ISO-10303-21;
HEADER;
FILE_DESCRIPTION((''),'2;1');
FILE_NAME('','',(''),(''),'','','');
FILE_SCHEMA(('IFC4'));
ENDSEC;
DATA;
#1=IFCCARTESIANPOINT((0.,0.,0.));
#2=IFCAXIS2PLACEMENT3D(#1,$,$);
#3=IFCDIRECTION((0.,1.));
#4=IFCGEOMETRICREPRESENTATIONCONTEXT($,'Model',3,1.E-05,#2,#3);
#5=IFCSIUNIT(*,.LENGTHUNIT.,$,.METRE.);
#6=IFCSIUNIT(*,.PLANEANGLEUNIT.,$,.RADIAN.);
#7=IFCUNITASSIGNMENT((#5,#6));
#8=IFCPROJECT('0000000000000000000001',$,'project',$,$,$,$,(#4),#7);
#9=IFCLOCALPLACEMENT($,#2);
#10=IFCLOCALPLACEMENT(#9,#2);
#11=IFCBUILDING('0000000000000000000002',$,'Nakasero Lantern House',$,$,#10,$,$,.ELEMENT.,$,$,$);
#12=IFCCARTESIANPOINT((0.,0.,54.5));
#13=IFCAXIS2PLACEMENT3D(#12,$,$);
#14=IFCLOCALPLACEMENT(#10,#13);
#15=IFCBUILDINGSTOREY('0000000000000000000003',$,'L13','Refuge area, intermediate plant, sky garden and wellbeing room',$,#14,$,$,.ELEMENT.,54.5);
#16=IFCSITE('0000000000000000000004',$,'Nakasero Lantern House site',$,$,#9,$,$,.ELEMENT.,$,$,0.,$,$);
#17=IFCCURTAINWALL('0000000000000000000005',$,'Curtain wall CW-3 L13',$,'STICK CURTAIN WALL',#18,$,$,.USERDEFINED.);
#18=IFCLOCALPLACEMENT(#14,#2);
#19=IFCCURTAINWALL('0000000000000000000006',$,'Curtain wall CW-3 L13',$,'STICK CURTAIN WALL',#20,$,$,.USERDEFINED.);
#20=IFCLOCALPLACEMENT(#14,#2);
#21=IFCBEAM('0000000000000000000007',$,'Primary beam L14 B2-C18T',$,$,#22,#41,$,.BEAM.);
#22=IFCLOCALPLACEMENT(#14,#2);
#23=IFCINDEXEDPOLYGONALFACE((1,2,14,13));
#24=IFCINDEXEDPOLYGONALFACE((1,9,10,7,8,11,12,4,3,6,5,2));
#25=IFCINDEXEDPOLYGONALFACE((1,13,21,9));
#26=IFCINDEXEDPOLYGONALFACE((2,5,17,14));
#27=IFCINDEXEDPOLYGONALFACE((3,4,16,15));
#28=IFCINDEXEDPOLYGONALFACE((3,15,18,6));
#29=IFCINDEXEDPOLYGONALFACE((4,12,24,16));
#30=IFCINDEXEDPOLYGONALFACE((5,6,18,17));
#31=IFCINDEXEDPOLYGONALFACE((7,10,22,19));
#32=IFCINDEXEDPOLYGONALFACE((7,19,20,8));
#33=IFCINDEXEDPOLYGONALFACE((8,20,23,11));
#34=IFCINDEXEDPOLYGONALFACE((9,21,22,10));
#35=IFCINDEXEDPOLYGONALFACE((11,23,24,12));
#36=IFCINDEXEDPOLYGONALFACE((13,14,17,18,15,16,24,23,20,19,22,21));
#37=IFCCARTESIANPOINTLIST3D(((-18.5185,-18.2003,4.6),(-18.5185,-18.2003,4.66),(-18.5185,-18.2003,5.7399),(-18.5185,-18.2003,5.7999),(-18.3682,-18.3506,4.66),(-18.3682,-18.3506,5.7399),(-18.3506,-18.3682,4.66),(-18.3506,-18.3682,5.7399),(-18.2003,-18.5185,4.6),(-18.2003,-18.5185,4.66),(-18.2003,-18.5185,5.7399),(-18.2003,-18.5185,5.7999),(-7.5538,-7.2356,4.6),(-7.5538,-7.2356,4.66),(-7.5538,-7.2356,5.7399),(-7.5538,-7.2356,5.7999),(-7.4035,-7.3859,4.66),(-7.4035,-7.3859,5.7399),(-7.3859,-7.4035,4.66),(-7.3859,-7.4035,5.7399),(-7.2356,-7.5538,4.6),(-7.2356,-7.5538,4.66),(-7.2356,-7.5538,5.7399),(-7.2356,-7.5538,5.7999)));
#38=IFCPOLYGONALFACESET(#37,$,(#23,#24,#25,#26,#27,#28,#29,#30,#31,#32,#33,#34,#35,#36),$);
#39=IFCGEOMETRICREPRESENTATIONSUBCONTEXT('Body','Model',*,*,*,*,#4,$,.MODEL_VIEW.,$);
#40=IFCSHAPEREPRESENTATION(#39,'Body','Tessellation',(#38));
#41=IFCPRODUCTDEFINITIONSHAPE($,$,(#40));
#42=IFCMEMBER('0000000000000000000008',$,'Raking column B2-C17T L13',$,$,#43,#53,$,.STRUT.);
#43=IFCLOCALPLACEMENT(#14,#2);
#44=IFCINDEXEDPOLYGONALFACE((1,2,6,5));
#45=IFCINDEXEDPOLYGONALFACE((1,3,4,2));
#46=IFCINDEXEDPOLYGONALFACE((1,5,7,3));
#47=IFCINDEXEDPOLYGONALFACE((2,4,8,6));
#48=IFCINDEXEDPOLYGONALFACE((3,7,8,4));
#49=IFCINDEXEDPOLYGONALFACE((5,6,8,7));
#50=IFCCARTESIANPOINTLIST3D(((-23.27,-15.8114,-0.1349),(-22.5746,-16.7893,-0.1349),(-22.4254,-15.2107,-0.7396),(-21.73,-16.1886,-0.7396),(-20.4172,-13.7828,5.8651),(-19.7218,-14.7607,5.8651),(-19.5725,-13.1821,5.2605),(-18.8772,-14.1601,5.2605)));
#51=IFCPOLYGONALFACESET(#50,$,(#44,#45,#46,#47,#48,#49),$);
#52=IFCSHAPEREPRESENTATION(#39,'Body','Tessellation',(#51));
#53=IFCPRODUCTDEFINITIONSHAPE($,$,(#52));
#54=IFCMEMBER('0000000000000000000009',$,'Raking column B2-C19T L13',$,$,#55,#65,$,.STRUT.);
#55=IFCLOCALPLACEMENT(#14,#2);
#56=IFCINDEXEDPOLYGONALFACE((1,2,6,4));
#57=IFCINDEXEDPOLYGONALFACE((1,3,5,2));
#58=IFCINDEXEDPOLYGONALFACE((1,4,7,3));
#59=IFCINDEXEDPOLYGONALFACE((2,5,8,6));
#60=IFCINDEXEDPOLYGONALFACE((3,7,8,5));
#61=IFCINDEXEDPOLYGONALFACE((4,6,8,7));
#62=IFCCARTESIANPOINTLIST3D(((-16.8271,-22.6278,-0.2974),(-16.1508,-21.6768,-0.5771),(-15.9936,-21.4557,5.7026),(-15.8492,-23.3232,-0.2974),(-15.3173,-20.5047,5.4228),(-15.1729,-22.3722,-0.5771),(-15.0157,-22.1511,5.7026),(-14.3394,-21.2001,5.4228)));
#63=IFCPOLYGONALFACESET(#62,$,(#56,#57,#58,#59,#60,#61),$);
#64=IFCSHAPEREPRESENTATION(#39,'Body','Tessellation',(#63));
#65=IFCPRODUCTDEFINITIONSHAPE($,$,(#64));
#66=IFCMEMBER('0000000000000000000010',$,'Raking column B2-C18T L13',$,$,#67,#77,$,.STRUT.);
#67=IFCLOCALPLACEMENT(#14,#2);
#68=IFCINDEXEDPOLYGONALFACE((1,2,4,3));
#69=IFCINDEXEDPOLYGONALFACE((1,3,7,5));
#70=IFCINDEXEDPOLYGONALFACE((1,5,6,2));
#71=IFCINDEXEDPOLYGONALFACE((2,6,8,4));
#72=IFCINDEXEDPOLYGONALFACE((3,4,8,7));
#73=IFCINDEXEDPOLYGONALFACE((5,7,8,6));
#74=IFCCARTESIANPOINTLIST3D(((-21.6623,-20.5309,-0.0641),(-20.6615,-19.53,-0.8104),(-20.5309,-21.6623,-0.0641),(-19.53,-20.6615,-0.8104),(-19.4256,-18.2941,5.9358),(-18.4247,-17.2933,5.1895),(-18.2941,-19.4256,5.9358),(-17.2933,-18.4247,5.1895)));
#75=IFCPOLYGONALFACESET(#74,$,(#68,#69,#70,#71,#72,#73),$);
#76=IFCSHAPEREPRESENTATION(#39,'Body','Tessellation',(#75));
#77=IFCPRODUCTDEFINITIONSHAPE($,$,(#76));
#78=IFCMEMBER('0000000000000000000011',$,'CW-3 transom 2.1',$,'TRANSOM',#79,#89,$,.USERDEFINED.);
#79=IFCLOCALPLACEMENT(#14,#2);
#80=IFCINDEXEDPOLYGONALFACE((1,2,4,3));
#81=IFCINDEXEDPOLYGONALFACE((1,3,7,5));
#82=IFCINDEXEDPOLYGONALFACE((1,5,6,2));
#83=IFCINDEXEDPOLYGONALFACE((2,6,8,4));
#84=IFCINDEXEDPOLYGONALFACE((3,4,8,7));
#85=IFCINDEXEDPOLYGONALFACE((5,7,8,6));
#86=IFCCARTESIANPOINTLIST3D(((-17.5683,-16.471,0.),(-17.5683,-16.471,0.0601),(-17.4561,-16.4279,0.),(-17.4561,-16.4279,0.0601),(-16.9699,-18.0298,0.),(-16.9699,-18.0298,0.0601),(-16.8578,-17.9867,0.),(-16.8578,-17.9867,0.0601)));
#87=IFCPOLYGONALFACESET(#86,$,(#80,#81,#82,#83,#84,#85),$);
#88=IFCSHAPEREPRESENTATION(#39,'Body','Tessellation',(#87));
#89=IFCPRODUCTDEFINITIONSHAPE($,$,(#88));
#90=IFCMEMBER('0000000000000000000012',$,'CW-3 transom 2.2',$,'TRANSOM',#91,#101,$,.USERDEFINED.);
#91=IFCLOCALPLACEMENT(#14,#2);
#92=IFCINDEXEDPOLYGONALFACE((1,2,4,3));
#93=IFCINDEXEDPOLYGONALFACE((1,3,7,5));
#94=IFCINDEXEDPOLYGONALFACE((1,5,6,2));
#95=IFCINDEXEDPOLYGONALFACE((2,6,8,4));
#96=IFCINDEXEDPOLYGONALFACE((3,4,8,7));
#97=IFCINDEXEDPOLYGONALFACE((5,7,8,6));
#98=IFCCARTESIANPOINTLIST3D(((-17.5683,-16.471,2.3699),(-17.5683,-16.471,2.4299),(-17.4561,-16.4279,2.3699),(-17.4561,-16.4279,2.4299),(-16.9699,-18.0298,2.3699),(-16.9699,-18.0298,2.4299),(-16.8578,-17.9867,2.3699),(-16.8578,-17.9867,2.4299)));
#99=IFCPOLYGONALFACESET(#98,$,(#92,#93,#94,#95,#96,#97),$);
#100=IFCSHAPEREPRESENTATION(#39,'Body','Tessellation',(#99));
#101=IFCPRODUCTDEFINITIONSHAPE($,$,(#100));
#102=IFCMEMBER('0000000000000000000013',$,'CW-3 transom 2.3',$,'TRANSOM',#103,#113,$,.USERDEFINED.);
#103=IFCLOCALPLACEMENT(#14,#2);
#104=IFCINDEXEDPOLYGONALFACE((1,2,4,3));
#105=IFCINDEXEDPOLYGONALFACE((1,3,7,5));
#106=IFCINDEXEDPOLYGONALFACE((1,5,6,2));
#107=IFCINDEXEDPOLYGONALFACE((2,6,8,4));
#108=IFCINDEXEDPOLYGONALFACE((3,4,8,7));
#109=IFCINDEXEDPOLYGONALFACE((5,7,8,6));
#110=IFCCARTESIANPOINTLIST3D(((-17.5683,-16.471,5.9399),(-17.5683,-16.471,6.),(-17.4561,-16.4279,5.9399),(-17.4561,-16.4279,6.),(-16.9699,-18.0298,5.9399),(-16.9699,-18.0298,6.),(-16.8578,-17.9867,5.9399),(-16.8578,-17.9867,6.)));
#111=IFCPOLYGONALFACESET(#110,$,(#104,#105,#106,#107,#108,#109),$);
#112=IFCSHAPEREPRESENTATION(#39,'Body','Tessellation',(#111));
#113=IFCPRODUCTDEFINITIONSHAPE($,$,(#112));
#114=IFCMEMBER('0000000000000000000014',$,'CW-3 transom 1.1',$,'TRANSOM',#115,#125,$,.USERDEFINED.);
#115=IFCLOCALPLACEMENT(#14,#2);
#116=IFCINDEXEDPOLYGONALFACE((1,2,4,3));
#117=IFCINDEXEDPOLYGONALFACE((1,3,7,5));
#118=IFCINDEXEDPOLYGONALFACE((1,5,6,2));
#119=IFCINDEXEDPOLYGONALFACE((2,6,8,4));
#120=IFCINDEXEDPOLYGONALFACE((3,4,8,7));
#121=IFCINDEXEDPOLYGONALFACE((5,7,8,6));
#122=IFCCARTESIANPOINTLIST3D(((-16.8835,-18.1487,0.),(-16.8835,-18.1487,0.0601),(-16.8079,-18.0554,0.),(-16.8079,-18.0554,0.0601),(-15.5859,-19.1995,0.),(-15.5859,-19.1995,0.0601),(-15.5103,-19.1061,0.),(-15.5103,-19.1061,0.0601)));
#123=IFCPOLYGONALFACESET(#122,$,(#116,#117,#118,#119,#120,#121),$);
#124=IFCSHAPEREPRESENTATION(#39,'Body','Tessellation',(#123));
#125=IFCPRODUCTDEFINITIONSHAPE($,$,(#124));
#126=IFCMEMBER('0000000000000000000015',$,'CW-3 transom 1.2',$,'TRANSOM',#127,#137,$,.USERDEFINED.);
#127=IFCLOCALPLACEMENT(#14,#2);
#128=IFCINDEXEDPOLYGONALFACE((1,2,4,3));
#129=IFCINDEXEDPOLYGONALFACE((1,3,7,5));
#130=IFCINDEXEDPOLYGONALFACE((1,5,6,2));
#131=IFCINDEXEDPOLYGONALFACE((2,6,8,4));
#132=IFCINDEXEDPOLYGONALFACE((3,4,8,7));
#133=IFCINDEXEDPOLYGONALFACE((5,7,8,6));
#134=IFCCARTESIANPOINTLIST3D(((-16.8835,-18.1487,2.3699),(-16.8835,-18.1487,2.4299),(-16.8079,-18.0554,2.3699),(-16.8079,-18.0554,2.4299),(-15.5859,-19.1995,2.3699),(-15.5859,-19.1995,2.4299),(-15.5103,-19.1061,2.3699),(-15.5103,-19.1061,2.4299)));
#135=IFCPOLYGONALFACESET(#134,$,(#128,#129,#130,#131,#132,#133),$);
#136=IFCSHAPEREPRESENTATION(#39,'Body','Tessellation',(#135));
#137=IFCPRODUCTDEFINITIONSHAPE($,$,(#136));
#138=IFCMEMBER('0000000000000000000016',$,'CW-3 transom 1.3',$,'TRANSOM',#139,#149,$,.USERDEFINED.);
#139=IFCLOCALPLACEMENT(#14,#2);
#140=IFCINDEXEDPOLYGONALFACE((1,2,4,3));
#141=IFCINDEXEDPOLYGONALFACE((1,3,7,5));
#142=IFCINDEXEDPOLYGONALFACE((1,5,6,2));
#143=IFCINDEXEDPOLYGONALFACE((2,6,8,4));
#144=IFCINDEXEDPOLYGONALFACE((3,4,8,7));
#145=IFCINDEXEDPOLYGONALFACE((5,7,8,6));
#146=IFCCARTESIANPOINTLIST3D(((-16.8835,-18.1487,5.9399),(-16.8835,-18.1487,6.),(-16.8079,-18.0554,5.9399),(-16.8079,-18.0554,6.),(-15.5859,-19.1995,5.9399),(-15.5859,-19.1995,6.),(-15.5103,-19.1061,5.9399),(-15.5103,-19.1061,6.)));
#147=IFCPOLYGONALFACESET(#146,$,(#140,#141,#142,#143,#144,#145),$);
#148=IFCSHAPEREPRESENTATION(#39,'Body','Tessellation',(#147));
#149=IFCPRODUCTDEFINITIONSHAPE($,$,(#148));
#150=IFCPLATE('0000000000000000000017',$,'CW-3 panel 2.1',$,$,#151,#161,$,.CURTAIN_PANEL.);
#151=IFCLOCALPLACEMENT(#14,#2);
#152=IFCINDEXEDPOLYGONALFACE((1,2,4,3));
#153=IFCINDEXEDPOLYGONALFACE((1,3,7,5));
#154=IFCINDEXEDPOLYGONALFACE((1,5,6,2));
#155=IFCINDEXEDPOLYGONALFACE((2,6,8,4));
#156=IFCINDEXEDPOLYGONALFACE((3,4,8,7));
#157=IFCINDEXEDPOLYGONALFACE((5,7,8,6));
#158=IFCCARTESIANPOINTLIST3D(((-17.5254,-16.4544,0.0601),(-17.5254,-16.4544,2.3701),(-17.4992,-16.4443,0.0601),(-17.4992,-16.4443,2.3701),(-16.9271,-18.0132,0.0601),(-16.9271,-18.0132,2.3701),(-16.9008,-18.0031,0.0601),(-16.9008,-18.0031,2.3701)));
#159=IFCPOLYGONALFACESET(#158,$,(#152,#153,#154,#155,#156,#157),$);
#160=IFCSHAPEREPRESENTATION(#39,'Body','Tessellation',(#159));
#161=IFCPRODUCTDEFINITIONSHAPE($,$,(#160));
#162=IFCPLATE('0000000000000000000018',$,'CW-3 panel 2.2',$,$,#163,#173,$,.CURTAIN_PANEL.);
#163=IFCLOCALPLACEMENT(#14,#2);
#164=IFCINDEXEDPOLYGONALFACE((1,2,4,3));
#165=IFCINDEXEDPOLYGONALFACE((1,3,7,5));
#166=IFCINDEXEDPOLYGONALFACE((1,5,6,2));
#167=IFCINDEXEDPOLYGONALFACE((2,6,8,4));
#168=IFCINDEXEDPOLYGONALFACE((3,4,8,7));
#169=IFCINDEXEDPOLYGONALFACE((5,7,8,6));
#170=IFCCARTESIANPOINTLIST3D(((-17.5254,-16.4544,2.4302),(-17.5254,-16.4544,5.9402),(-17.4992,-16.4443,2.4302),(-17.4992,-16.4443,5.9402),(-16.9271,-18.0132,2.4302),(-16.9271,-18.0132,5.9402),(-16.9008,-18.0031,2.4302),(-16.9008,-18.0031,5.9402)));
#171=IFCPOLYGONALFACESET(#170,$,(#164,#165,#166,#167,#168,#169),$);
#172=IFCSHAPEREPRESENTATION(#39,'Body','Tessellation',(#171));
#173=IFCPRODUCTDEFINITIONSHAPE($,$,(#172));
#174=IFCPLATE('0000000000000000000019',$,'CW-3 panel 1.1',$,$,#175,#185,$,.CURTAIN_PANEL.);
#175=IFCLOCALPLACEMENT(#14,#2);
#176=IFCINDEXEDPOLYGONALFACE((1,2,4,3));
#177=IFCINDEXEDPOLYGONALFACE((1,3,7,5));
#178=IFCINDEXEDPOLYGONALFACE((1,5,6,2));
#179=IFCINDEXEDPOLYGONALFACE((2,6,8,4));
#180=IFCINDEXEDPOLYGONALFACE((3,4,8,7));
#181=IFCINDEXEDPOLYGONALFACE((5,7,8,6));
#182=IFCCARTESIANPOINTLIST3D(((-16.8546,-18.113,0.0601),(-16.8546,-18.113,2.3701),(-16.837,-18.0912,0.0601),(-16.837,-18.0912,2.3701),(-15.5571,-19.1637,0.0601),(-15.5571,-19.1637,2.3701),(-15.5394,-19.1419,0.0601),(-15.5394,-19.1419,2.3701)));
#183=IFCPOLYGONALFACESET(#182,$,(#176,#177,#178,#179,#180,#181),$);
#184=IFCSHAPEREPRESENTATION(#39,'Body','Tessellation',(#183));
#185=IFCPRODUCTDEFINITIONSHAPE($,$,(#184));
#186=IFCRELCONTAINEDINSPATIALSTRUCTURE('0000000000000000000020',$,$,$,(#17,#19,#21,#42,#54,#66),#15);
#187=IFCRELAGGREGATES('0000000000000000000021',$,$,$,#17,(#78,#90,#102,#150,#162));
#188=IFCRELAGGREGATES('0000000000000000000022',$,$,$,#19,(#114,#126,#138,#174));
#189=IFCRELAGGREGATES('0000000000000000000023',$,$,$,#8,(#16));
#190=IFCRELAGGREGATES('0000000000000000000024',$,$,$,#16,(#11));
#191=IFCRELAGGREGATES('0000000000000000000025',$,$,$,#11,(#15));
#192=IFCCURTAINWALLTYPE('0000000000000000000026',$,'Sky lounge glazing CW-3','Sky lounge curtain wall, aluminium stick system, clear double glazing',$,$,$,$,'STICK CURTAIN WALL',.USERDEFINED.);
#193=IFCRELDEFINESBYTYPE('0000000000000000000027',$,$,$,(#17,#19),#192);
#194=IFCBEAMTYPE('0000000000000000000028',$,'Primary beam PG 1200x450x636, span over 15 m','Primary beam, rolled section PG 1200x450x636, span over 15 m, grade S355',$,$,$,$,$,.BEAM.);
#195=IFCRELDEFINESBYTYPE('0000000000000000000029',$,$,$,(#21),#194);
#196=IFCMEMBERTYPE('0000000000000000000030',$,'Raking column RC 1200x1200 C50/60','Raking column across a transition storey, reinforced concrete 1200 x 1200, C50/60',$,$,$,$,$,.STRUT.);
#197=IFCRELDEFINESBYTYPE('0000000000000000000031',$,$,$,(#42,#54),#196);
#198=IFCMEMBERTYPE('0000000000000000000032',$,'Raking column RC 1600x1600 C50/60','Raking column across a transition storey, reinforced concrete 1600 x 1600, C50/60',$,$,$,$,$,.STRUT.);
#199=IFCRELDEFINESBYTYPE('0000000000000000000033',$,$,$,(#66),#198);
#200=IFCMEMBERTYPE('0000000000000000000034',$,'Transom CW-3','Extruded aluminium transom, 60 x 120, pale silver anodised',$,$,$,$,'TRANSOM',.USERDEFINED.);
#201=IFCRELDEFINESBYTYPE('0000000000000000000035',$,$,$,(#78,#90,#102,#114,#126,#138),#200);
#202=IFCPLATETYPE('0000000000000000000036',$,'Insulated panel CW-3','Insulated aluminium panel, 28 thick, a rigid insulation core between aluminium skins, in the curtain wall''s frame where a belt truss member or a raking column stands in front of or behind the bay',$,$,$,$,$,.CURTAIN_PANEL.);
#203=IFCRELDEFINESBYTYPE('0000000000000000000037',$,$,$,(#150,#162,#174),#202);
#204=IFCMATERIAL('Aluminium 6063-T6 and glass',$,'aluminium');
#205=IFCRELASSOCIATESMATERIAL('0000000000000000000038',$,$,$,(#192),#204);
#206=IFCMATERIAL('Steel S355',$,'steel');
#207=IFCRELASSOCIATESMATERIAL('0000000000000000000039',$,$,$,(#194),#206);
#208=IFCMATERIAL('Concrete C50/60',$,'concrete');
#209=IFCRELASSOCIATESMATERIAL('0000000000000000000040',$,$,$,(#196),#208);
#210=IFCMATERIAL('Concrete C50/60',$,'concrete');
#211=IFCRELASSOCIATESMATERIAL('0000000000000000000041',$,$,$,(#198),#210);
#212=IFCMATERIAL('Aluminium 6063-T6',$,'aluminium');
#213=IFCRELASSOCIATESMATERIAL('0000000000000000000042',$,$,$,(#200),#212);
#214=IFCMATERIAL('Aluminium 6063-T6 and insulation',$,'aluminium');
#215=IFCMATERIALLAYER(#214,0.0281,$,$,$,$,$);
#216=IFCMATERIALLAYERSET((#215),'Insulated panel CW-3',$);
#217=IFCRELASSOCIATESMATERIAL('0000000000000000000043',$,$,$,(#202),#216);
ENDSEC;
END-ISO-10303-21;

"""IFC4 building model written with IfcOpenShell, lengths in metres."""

from ifc_helpers import new_model, si_unit, direction, frame, origin, origin_2d, place, context, subcontext, project, spatial, rectangle, i_section, extrude, material, layer, layer_set, material_profile, profile_set, type_object, element, aggregate, save


model = new_model("IFC4")

# Units and contexts
model_context = context("Model", 3, precision=1e-05, world=origin(), true_north=direction((0.0, 1.0)))
body_context = subcontext(model_context, "Body", "Model", "MODEL_VIEW")
ifc_project = project(units=[si_unit("LENGTHUNIT", "METRE"), si_unit("PLANEANGLEUNIT", "RADIAN")], contexts=[model_context])

# Site, building, storey
site_placement = place(None, origin())
site = spatial("IfcSite", under=ifc_project, at=site_placement, Name="Nakasero Lantern House site", CompositionType="ELEMENT", RefElevation=0.0)
building_placement = place(site_placement, origin())
building = spatial("IfcBuilding", under=site, at=building_placement, Name="Nakasero Lantern House", CompositionType="ELEMENT")
storey_placement = place(building_placement, frame((0.0, 0.0, 54.5)))
storey = spatial("IfcBuildingStorey", under=building, at=storey_placement, Name="L13", Description="Refuge area, intermediate plant, sky garden and wellbeing room", CompositionType="ELEMENT", Elevation=54.5)

# Curtain wall
ifc_material_1 = material(Name="Aluminium 6063-T6 and glass", Category="aluminium")
curtain_wall_type = type_object("IfcCurtainWallType", Name="Sky lounge glazing CW-3", Description="Sky lounge curtain wall, aluminium stick system, clear double glazing", ElementType="STICK CURTAIN WALL", PredefinedType="USERDEFINED", material=ifc_material_1)
curtain_wall_1_placement = place(storey_placement, origin())
curtain_wall_1 = element("IfcCurtainWall", 1, at=curtain_wall_1_placement, inside=storey, type_object=curtain_wall_type, Name="Curtain wall CW-3 L13", ObjectType="STICK CURTAIN WALL", PredefinedType="USERDEFINED")

# Curtain wall
curtain_wall_2_placement = place(storey_placement, origin())
curtain_wall_2 = element("IfcCurtainWall", 2, at=curtain_wall_2_placement, inside=storey, type_object=curtain_wall_type, Name="Curtain wall CW-3 L13", ObjectType="STICK CURTAIN WALL", PredefinedType="USERDEFINED")

# Beam
ifc_material_2 = material(Name="Steel S355", Category="steel")
ifc_material_profile_1 = material_profile(ifc_material_2, i_section(OverallWidth=0.45, OverallDepth=1.2, WebThickness=0.0249, FlangeThickness=0.0601, at=origin_2d()), Name="PG 1200x450x636")
ifc_profile_set_1 = profile_set([ifc_material_profile_1], Name="Steel S355")
beam_type = type_object("IfcBeamType", Name="Primary beam PG 1200x450x636, span over 15 m", Description="Primary beam, rolled section PG 1200x450x636, span over 15 m, grade S355", PredefinedType="BEAM", material=ifc_profile_set_1)
beam_placement = place(storey_placement, frame((-18.3594, -18.3594, 5.2), z_axis=(0.707107, 0.707107, 0.0), x_axis=(-0.707107, 0.707107, 0.0)))
element("IfcBeam", 3, at=beam_placement, inside=storey, type_object=beam_type, Name="Primary beam L14 B2-C18T", PredefinedType="BEAM", context=body_context, shape_type="SweptSolid", body=[
    extrude(i_section(OverallWidth=0.45, OverallDepth=1.2, WebThickness=0.0249, FlangeThickness=0.0601, at=origin_2d()), origin(), (0.0, 0.0, 1.0), 15.5063),
])

# Members
ifc_material_3 = material(Name="Concrete C50/60", Category="concrete")
ifc_material_profile_2 = material_profile(ifc_material_3, rectangle(XDim=1.2, YDim=1.2, at=origin_2d()), Name="RC 1200x1200")
ifc_profile_set_2 = profile_set([ifc_material_profile_2], Name="Concrete C50/60")
member_type_1 = type_object("IfcMemberType", Name="Raking column RC 1200x1200 C50/60", Description="Raking column across a transition storey, reinforced concrete 1200 x 1200, C50/60", PredefinedType="STRUT", material=ifc_profile_set_2)
member_1_placement = place(storey_placement, frame((-22.5, -16.0, -0.4373), z_axis=(0.410681, 0.292028, 0.863748), x_axis=(-0.579508, 0.814966, 0.0)))
element("IfcMember", 4, at=member_1_placement, inside=storey, type_object=member_type_1, Name="Raking column B2-C17T L13", PredefinedType="STRUT", context=body_context, shape_type="SweptSolid", body=[
    extrude(rectangle(XDim=1.2, YDim=1.2, at=origin_2d()), origin(), (0.0, 0.0, 1.0), 6.9465),
])
member_2_placement = place(storey_placement, frame((-16.0, -22.5, -0.4373), z_axis=(0.135089, 0.189971, 0.972451), x_axis=(-0.814959, 0.579519, 0.0)))
element("IfcMember", 5, at=member_2_placement, inside=storey, type_object=member_type_1, Name="Raking column B2-C19T L13", PredefinedType="STRUT", context=body_context, shape_type="SweptSolid", body=[
    extrude(rectangle(XDim=1.2, YDim=1.2, at=origin_2d()), origin(), (0.0, 0.0, 1.0), 6.1699),
])
ifc_material_4 = material(Name="Concrete C50/60", Category="concrete")
ifc_material_profile_3 = material_profile(ifc_material_4, rectangle(XDim=1.6001, YDim=1.6001, at=origin_2d()), Name="RC 1600x1600")
ifc_profile_set_3 = profile_set([ifc_material_profile_3], Name="Concrete C50/60")
member_type_2 = type_object("IfcMemberType", Name="Raking column RC 1600x1600 C50/60", Description="Raking column across a transition storey, reinforced concrete 1600 x 1600, C50/60", PredefinedType="STRUT", material=ifc_profile_set_3)
member_3_placement = place(storey_placement, frame((-20.5962, -20.5962, -0.4373), z_axis=(0.329777, 0.329777, 0.884587), x_axis=(-0.707107, 0.707107, 0.0)))
element("IfcMember", 6, at=member_3_placement, inside=storey, type_object=member_type_2, Name="Raking column B2-C18T L13", PredefinedType="STRUT", context=body_context, shape_type="SweptSolid", body=[
    extrude(rectangle(XDim=1.6001, YDim=1.6001, at=origin_2d()), origin(), (0.0, 0.0, 1.0), 6.7827),
])

# Members
ifc_material_5 = material(Name="Aluminium 6063-T6", Category="aluminium")
ifc_material_profile_4 = material_profile(ifc_material_5, rectangle(XDim=0.0601, YDim=0.1201, at=origin_2d()), Name="CW-3 transom 60x120")
ifc_profile_set_4 = profile_set([ifc_material_profile_4], Name="Aluminium 6063-T6")
member_type_3 = type_object("IfcMemberType", Name="Transom CW-3", Description="Extruded aluminium transom, 60 x 120, pale silver anodised", ElementType="TRANSOM", PredefinedType="USERDEFINED", material=ifc_profile_set_4)
member_4_placement = place(storey_placement, frame((-17.5122, -16.4495, 0.03), z_axis=(0.358372, -0.933579, 0.0), x_axis=(0.0, 0.0, 1.0)))
member_4 = element("IfcMember", 7, at=member_4_placement, type_object=member_type_3, Name="CW-3 transom 2.1", ObjectType="TRANSOM", PredefinedType="USERDEFINED", context=body_context, shape_type="SweptSolid", body=[
    extrude(rectangle(XDim=0.0601, YDim=0.1201, at=origin_2d()), origin(), (0.0, 0.0, 1.0), 1.6697),
])
member_5_placement = place(storey_placement, frame((-17.5122, -16.4495, 2.3999), z_axis=(0.358372, -0.933579, 0.0), x_axis=(0.0, 0.0, 1.0)))
member_5 = element("IfcMember", 8, at=member_5_placement, type_object=member_type_3, Name="CW-3 transom 2.2", ObjectType="TRANSOM", PredefinedType="USERDEFINED", context=body_context, shape_type="SweptSolid", body=[
    extrude(rectangle(XDim=0.0601, YDim=0.1201, at=origin_2d()), origin(), (0.0, 0.0, 1.0), 1.6697),
])
member_6_placement = place(storey_placement, frame((-17.5122, -16.4495, 5.97), z_axis=(0.358372, -0.933579, 0.0), x_axis=(0.0, 0.0, 1.0)))
member_6 = element("IfcMember", 9, at=member_6_placement, type_object=member_type_3, Name="CW-3 transom 2.3", ObjectType="TRANSOM", PredefinedType="USERDEFINED", context=body_context, shape_type="SweptSolid", body=[
    extrude(rectangle(XDim=0.0601, YDim=0.1201, at=origin_2d()), origin(), (0.0, 0.0, 1.0), 1.6697),
])
member_7_placement = place(storey_placement, frame((-16.8457, -18.1021, 0.03), z_axis=(0.777146, -0.62932, 0.0), x_axis=(0.0, 0.0, 1.0)))
member_7 = element("IfcMember", 10, at=member_7_placement, type_object=member_type_3, Name="CW-3 transom 1.1", ObjectType="TRANSOM", PredefinedType="USERDEFINED", context=body_context, shape_type="SweptSolid", body=[
    extrude(rectangle(XDim=0.0601, YDim=0.1201, at=origin_2d()), origin(), (0.0, 0.0, 1.0), 1.6697),
])
member_8_placement = place(storey_placement, frame((-16.8457, -18.1021, 2.3999), z_axis=(0.777146, -0.62932, 0.0), x_axis=(0.0, 0.0, 1.0)))
member_8 = element("IfcMember", 11, at=member_8_placement, type_object=member_type_3, Name="CW-3 transom 1.2", ObjectType="TRANSOM", PredefinedType="USERDEFINED", context=body_context, shape_type="SweptSolid", body=[
    extrude(rectangle(XDim=0.0601, YDim=0.1201, at=origin_2d()), origin(), (0.0, 0.0, 1.0), 1.6697),
])
member_9_placement = place(storey_placement, frame((-16.8457, -18.1021, 5.97), z_axis=(0.777146, -0.62932, 0.0), x_axis=(0.0, 0.0, 1.0)))
member_9 = element("IfcMember", 12, at=member_9_placement, type_object=member_type_3, Name="CW-3 transom 1.3", ObjectType="TRANSOM", PredefinedType="USERDEFINED", context=body_context, shape_type="SweptSolid", body=[
    extrude(rectangle(XDim=0.0601, YDim=0.1201, at=origin_2d()), origin(), (0.0, 0.0, 1.0), 1.6697),
])

# Plates
ifc_material_6 = material(Name="Aluminium 6063-T6 and insulation", Category="aluminium")
ifc_layer_1 = layer(ifc_material_6, 0.0281)
ifc_layer_set_1 = layer_set([ifc_layer_1], Name="Insulated panel CW-3")
plate_type = type_object("IfcPlateType", Name="Insulated panel CW-3", Description="Insulated aluminium panel, 28 thick, a rigid insulation core between aluminium skins, in the curtain wall's frame where a belt truss member or a raking column stands in front of or behind the bay", PredefinedType="CURTAIN_PANEL", material=ifc_layer_set_1)
plate_1_placement = place(storey_placement, frame((-17.2131, -17.2288, 0.0601), z_axis=(0.0, 0.0, 1.0), x_axis=(0.358368, -0.93358, 0.0)))
plate_1 = element("IfcPlate", 13, at=plate_1_placement, type_object=plate_type, Name="CW-3 panel 2.1", PredefinedType="CURTAIN_PANEL", context=body_context, shape_type="SweptSolid", body=[
    extrude(rectangle(XDim=1.6697, YDim=0.0281, at=origin_2d()), origin(), (0.0, 0.0, 1.0), 2.3101),
])
plate_2_placement = place(storey_placement, frame((-17.2131, -17.2288, 2.4302), z_axis=(0.0, 0.0, 1.0), x_axis=(0.358368, -0.93358, 0.0)))
plate_2 = element("IfcPlate", 14, at=plate_2_placement, type_object=plate_type, Name="CW-3 panel 2.2", PredefinedType="CURTAIN_PANEL", context=body_context, shape_type="SweptSolid", body=[
    extrude(rectangle(XDim=1.6697, YDim=0.0281, at=origin_2d()), origin(), (0.0, 0.0, 1.0), 3.51),
])
aggregate(curtain_wall_1, [member_4, member_5, member_6, plate_1, plate_2])
plate_3_placement = place(storey_placement, frame((-16.197, -18.6274, 0.0601), z_axis=(0.0, 0.0, 1.0), x_axis=(0.777146, -0.62932, 0.0)))
plate_3 = element("IfcPlate", 15, at=plate_3_placement, type_object=plate_type, Name="CW-3 panel 1.1", PredefinedType="CURTAIN_PANEL", context=body_context, shape_type="SweptSolid", body=[
    extrude(rectangle(XDim=1.6697, YDim=0.0281, at=origin_2d()), origin(), (0.0, 0.0, 1.0), 2.3101),
])
aggregate(curtain_wall_2, [member_7, member_8, member_9, plate_3])

save(model, "model.ifc")
